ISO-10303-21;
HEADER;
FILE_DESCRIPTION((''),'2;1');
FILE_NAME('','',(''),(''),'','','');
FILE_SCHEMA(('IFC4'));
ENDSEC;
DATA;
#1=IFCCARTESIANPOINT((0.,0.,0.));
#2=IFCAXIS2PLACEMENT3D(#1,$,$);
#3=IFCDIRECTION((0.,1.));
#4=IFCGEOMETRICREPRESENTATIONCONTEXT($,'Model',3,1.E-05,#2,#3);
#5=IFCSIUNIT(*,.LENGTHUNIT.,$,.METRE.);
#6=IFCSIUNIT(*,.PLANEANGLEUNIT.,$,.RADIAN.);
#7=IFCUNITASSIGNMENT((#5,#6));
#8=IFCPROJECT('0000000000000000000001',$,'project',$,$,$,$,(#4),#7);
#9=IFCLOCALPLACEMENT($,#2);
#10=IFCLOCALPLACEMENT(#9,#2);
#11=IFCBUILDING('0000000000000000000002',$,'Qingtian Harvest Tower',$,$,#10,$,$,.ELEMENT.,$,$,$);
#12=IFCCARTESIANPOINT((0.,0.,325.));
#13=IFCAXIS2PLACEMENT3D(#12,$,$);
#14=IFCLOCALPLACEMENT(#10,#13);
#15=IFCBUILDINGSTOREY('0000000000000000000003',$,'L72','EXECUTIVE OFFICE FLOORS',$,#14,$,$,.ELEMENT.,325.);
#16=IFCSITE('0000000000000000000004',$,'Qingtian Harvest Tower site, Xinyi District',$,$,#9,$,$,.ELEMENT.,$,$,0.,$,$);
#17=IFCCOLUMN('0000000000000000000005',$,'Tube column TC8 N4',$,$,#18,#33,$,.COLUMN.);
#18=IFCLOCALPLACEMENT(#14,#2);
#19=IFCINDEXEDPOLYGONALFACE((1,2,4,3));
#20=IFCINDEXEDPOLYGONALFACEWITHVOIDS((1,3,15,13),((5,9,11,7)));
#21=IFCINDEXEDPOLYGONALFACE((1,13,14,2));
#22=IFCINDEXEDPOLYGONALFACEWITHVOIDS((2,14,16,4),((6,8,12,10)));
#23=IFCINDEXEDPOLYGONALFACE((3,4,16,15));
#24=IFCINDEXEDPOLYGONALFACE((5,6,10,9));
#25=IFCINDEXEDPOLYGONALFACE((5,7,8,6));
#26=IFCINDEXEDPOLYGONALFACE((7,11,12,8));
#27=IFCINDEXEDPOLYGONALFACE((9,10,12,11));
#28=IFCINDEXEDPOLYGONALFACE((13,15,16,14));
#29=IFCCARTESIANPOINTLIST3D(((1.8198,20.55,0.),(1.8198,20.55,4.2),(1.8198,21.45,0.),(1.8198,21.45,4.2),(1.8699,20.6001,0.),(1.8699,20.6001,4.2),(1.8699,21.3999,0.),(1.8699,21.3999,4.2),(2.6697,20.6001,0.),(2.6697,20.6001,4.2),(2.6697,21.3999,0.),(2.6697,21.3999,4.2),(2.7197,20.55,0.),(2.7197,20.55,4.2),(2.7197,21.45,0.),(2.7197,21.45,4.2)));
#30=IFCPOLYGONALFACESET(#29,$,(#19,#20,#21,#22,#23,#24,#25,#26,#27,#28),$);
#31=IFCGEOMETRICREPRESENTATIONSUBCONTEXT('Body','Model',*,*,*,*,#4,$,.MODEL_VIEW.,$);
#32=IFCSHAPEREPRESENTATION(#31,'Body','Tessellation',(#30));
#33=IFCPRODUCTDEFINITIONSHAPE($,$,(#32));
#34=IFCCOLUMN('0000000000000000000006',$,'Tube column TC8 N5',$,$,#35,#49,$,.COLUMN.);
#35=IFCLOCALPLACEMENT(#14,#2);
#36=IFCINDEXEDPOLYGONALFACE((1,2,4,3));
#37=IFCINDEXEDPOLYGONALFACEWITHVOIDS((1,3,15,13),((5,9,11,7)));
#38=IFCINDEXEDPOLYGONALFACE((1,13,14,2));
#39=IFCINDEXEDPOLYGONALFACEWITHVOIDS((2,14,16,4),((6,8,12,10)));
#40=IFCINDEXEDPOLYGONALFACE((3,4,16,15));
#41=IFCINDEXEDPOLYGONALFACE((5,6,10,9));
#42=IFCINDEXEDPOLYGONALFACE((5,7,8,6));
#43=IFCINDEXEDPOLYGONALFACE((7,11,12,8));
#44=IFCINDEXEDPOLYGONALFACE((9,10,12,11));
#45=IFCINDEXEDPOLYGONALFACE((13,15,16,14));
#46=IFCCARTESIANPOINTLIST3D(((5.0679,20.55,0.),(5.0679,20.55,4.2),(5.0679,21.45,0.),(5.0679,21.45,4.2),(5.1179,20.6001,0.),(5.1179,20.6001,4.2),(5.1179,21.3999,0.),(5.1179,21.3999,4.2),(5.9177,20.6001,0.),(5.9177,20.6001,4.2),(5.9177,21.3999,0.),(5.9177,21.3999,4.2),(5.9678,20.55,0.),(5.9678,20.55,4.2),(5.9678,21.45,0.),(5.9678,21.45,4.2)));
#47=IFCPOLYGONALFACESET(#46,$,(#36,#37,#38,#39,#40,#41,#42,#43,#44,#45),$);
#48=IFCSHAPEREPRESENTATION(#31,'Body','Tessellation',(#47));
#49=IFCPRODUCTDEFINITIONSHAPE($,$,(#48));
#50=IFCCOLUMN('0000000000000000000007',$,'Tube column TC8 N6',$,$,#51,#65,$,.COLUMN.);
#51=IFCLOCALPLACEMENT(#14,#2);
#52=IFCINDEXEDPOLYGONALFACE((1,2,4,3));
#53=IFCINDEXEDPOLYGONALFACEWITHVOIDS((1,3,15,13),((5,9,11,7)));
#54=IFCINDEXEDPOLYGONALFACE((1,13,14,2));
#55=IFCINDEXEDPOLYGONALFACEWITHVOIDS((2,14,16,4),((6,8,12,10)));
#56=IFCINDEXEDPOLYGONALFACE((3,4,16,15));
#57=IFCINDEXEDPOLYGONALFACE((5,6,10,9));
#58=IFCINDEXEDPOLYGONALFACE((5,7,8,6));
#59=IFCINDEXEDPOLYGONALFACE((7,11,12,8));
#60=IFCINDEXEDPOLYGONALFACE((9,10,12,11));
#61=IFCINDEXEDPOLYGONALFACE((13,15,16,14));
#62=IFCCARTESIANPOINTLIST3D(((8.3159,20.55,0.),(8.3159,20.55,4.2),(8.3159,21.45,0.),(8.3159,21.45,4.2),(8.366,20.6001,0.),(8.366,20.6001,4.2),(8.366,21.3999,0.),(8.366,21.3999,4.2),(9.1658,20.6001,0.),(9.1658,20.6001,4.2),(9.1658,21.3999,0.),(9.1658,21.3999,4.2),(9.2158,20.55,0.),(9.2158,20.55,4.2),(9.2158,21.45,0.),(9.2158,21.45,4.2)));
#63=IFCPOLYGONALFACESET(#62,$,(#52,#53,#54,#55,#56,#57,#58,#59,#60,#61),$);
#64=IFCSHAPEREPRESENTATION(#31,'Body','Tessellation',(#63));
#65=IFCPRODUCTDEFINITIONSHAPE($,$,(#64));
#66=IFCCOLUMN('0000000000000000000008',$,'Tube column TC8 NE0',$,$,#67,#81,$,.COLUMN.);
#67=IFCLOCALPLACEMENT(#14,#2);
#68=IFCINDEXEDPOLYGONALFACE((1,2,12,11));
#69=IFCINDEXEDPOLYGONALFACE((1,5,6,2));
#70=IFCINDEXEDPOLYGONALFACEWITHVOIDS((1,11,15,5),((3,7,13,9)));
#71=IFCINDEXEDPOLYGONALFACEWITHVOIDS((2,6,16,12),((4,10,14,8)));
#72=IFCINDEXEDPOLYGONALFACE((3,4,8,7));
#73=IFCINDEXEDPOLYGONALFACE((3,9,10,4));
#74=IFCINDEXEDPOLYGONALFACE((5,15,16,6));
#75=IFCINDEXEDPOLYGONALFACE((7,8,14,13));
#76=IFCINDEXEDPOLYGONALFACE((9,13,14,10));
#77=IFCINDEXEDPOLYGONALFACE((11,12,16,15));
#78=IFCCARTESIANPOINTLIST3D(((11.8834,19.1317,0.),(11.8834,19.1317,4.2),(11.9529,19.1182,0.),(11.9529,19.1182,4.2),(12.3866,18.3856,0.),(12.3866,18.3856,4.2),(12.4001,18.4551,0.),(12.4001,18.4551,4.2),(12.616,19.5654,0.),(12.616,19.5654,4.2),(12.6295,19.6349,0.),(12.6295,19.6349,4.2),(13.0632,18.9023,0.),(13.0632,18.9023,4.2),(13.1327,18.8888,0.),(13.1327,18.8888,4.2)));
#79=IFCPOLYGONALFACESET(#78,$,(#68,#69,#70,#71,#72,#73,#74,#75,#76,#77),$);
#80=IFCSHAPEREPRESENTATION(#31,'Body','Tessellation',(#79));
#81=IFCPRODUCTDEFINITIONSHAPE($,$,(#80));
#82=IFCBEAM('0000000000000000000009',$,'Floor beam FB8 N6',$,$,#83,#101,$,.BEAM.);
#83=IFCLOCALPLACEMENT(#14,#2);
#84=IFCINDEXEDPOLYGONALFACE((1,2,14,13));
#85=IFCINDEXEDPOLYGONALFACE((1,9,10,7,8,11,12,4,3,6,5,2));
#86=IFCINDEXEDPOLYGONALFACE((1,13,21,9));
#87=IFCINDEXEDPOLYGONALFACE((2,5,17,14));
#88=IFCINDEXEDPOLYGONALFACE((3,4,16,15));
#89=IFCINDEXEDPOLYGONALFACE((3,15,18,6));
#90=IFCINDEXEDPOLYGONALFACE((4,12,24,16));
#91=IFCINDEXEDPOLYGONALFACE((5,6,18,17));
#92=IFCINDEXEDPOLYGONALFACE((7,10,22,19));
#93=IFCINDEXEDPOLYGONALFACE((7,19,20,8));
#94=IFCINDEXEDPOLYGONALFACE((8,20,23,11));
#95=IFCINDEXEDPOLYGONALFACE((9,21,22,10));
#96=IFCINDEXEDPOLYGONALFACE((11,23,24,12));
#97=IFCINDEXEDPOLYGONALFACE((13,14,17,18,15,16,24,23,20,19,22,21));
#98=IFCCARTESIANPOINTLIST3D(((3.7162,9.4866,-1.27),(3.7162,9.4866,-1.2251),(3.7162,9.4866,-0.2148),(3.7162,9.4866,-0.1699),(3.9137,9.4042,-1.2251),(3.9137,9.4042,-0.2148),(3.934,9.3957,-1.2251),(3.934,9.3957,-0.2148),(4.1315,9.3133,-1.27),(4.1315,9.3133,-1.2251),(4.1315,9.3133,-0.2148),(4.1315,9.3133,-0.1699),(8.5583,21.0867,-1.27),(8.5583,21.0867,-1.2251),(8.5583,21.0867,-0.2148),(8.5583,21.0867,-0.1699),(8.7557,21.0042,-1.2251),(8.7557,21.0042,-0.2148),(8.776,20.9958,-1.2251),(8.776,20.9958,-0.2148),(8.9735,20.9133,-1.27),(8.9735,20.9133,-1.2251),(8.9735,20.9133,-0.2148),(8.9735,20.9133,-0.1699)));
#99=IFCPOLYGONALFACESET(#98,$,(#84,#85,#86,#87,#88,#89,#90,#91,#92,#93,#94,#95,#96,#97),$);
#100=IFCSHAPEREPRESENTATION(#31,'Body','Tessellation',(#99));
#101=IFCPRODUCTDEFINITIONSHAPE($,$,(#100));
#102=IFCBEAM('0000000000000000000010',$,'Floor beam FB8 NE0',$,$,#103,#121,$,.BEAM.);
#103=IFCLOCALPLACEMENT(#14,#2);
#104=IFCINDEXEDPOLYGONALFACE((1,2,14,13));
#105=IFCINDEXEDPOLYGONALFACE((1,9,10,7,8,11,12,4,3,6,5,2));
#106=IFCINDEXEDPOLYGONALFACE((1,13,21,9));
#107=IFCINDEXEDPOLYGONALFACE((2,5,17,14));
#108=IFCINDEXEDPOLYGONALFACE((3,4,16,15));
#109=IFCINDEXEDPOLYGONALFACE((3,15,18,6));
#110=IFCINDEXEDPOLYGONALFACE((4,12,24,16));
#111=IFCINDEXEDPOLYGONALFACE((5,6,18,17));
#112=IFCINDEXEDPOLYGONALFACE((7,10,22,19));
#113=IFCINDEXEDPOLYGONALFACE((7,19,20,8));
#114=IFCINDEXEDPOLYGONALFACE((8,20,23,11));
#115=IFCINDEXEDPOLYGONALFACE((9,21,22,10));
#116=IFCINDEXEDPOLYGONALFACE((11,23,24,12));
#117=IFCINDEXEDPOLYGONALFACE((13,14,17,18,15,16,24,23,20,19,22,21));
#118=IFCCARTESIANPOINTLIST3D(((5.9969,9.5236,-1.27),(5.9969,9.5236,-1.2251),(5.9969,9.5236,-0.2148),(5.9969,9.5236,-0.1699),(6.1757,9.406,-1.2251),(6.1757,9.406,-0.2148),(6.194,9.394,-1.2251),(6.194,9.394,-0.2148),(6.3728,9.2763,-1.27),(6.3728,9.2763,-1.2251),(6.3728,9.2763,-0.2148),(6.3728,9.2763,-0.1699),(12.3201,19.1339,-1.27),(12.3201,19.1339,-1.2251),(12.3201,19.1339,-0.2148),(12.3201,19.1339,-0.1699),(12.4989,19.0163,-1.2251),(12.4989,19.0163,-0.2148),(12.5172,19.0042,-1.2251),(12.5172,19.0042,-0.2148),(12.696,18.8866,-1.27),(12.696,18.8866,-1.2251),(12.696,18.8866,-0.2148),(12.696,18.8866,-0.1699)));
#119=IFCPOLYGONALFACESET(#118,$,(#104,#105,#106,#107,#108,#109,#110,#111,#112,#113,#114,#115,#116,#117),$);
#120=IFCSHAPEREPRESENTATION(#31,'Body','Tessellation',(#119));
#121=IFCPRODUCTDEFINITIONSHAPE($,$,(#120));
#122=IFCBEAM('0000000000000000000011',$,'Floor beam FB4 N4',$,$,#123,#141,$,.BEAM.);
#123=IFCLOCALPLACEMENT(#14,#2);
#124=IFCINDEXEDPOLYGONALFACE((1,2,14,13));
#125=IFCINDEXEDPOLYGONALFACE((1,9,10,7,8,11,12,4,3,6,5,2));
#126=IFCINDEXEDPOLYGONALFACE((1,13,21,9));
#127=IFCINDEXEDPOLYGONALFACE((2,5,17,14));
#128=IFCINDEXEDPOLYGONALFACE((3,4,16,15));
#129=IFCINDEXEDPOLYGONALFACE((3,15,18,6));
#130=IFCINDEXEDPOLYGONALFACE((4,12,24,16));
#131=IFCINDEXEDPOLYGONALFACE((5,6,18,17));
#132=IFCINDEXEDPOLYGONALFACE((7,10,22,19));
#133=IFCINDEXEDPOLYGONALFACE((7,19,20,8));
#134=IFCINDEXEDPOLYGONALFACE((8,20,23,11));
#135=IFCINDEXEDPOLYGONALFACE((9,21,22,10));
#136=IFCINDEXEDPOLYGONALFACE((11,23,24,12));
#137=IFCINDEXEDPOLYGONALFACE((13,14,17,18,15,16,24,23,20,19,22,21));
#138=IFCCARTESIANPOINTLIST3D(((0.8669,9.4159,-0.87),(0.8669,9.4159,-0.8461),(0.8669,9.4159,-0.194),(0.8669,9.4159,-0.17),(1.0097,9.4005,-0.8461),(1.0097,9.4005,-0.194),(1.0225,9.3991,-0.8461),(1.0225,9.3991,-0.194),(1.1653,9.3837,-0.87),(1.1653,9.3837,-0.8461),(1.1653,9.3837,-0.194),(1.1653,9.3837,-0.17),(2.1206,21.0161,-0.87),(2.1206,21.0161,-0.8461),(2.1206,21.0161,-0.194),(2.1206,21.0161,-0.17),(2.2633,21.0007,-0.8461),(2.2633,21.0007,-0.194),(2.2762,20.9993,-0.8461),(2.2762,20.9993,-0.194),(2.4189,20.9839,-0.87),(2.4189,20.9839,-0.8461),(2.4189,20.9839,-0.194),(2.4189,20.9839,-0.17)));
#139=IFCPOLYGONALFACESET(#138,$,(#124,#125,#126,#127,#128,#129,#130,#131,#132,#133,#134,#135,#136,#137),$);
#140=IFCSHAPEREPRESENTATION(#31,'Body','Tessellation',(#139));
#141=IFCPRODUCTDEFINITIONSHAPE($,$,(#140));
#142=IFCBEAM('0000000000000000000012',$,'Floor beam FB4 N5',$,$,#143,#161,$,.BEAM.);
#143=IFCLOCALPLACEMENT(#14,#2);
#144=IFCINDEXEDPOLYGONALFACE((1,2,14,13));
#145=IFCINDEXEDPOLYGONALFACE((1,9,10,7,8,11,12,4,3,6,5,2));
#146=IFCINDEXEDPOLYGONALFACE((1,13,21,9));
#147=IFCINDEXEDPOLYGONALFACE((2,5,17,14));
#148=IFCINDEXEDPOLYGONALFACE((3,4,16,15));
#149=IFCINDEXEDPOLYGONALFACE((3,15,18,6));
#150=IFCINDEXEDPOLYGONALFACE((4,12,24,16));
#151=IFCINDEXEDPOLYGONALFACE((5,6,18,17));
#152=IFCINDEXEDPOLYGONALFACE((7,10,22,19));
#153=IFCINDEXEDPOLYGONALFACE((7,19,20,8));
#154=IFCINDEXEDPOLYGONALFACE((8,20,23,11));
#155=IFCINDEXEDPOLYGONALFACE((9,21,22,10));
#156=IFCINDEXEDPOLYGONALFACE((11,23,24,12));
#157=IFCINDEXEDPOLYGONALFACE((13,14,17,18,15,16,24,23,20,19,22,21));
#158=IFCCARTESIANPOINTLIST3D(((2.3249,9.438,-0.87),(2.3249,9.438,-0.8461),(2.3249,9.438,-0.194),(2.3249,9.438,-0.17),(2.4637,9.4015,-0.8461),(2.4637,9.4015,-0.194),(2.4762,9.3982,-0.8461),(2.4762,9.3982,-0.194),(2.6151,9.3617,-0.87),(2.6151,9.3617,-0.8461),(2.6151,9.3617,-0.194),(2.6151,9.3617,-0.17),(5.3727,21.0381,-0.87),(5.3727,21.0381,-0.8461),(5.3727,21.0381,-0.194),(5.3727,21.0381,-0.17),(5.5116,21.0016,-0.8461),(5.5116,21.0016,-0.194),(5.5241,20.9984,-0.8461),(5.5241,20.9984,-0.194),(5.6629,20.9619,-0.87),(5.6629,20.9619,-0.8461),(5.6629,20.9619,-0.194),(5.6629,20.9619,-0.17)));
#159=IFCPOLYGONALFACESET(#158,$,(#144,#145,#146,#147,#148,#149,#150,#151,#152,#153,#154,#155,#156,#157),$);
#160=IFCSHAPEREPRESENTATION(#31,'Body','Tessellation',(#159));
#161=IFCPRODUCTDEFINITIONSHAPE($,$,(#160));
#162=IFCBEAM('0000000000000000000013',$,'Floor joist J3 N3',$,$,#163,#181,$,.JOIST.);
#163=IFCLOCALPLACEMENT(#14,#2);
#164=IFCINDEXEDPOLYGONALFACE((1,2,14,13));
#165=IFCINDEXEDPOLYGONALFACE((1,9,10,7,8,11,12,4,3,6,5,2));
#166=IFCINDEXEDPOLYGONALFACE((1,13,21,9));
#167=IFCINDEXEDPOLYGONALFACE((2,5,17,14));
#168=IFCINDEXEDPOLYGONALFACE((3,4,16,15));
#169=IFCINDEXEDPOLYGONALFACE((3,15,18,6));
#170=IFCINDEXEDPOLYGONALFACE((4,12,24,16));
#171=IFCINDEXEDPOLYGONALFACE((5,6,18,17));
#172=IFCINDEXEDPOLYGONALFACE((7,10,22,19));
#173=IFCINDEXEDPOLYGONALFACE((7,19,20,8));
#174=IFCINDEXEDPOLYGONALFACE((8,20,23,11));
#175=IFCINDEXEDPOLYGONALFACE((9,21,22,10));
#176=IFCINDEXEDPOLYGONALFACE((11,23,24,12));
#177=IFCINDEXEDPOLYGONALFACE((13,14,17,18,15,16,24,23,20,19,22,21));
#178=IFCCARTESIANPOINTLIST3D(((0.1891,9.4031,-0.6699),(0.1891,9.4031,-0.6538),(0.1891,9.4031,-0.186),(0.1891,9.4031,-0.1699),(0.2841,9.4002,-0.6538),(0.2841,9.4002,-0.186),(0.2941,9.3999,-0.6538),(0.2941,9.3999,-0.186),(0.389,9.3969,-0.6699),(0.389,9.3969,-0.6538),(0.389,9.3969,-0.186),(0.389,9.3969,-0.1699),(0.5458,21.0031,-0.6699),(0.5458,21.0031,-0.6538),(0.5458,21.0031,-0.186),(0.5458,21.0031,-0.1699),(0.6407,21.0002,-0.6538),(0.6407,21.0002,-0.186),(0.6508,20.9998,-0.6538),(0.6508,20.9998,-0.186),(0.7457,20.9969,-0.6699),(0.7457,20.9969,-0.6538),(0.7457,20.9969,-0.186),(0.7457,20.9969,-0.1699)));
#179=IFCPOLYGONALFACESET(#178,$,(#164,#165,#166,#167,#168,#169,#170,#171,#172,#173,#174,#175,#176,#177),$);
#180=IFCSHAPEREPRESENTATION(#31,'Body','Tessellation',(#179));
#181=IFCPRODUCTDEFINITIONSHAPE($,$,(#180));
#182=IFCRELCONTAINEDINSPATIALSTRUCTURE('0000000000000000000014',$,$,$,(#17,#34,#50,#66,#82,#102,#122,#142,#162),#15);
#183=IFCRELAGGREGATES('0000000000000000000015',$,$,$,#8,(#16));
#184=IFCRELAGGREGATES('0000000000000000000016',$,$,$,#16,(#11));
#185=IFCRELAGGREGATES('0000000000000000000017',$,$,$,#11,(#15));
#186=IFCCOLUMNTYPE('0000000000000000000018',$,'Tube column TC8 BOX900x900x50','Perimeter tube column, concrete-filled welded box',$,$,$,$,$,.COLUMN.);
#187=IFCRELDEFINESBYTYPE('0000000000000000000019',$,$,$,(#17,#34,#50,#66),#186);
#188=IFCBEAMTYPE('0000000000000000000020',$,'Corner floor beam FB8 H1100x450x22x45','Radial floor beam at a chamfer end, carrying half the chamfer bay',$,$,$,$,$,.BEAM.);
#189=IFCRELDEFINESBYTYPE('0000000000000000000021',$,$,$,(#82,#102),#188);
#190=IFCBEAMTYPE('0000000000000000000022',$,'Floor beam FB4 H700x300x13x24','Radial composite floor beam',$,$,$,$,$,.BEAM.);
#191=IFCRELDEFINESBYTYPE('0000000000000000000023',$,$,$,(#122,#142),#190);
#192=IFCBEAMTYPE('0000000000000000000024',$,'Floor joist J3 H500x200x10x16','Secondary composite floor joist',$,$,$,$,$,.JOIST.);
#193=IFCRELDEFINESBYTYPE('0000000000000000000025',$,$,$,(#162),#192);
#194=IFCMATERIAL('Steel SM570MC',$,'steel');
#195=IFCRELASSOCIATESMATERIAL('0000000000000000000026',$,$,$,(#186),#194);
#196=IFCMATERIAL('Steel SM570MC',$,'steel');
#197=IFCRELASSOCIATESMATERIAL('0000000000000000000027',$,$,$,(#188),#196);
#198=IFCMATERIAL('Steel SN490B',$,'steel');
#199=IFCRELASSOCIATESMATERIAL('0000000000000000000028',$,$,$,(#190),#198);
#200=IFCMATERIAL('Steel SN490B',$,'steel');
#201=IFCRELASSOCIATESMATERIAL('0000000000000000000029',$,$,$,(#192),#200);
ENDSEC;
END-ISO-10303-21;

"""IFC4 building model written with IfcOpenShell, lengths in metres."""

from ifc_helpers import new_model, si_unit, direction, frame, origin, origin_2d, place, context, subcontext, project, spatial, hollow_rectangle, i_section, extrude, material, material_profile, profile_set, type_object, element, save


model = new_model("IFC4")

# Units and contexts
model_context = context("Model", 3, precision=1e-05, world=origin(), true_north=direction((0.0, 1.0)))
body_context = subcontext(model_context, "Body", "Model", "MODEL_VIEW")
ifc_project = project(units=[si_unit("LENGTHUNIT", "METRE"), si_unit("PLANEANGLEUNIT", "RADIAN")], contexts=[model_context])

# Site, building, storey
site_placement = place(None, origin())
site = spatial("IfcSite", under=ifc_project, at=site_placement, Name="Qingtian Harvest Tower site, Xinyi District", CompositionType="ELEMENT", RefElevation=0.0)
building_placement = place(site_placement, origin())
building = spatial("IfcBuilding", under=site, at=building_placement, Name="Qingtian Harvest Tower", CompositionType="ELEMENT")
storey_placement = place(building_placement, frame((0.0, 0.0, 325.0)))
storey = spatial("IfcBuildingStorey", under=building, at=storey_placement, Name="L72", Description="EXECUTIVE OFFICE FLOORS", CompositionType="ELEMENT", Elevation=325.0)

# Columns
ifc_material_1 = material(Name="Steel SM570MC", Category="steel")
ifc_material_profile_1 = material_profile(ifc_material_1, hollow_rectangle(XDim=0.8999, YDim=0.8999, WallThickness=0.05, at=origin_2d()), Name="BOX900x900x50")
ifc_profile_set_1 = profile_set([ifc_material_profile_1], Name="Steel SM570MC")
column_type = type_object("IfcColumnType", Name="Tube column TC8 BOX900x900x50", Description="Perimeter tube column, concrete-filled welded box", PredefinedType="COLUMN", material=ifc_profile_set_1)
for number, where, z_axis, x_axis, name in (
    (1, (2.2698, 21.0, 0.0), (0.0, 0.0, 1.0), (-1.0, 0.0, 0.0), "Tube column TC8 N4"),
    (2, (5.5178, 21.0, 0.0), (0.0, 0.0, 1.0), (-1.0, 0.0, 0.0), "Tube column TC8 N5"),
    (3, (8.7659, 21.0, 0.0), (0.0, 0.0, 1.0), (-1.0, 0.0, 0.0), "Tube column TC8 N6"),
    (4, (12.5081, 19.0103, 0.0), (0.0, 0.0, 1.0), (-0.559193, 0.829038, 0.0), "Tube column TC8 NE0"),
):
    element("IfcColumn", number, at=place(storey_placement, frame(where, z_axis=z_axis, x_axis=x_axis)), inside=storey, type_object=column_type, Name=name, PredefinedType="COLUMN", context=body_context, shape_type="SweptSolid", body=[
        extrude(hollow_rectangle(XDim=0.8999, YDim=0.8999, WallThickness=0.05, at=origin_2d()), origin(), (0.0, 0.0, 1.0), 4.2),
    ])

# Beams
ifc_material_2 = material(Name="Steel SM570MC", Category="steel")
ifc_material_profile_2 = material_profile(ifc_material_2, i_section(OverallWidth=0.45, OverallDepth=1.1001, WebThickness=0.022, FlangeThickness=0.0449, at=origin_2d()), Name="H1100x450x22x45")
ifc_profile_set_2 = profile_set([ifc_material_profile_2], Name="Steel SM570MC")
beam_type_1 = type_object("IfcBeamType", Name="Corner floor beam FB8 H1100x450x22x45", Description="Radial floor beam at a chamfer end, carrying half the chamfer bay", PredefinedType="BEAM", material=ifc_profile_set_2)
beam_1_placement = place(storey_placement, frame((8.7659, 21.0, -0.72), z_axis=(-0.385203, -0.922832, 0.0), x_axis=(0.922832, -0.385203, 0.0)))
element("IfcBeam", 5, at=beam_1_placement, inside=storey, type_object=beam_type_1, Name="Floor beam FB8 N6", PredefinedType="BEAM", context=body_context, shape_type="SweptSolid", body=[
    extrude(i_section(OverallWidth=0.45, OverallDepth=1.1001, WebThickness=0.022, FlangeThickness=0.0449, at=origin_2d()), origin(), (0.0, 0.0, 1.0), 12.5701),
])
beam_2_placement = place(storey_placement, frame((12.5081, 19.0103, -0.72), z_axis=(-0.549655, -0.835391, 0.0), x_axis=(0.835391, -0.549655, 0.0)))
element("IfcBeam", 6, at=beam_2_placement, inside=storey, type_object=beam_type_1, Name="Floor beam FB8 NE0", PredefinedType="BEAM", context=body_context, shape_type="SweptSolid", body=[
    extrude(i_section(OverallWidth=0.45, OverallDepth=1.1001, WebThickness=0.022, FlangeThickness=0.0449, at=origin_2d()), origin(), (0.0, 0.0, 1.0), 11.5039),
])
ifc_material_3 = material(Name="Steel SN490B", Category="steel")
ifc_material_profile_3 = material_profile(ifc_material_3, i_section(OverallWidth=0.3, OverallDepth=0.7, WebThickness=0.0129, FlangeThickness=0.0239, at=origin_2d()), Name="H700x300x13x24")
ifc_profile_set_3 = profile_set([ifc_material_profile_3], Name="Steel SN490B")
beam_type_2 = type_object("IfcBeamType", Name="Floor beam FB4 H700x300x13x24", Description="Radial composite floor beam", PredefinedType="BEAM", material=ifc_profile_set_3)
beam_3_placement = place(storey_placement, frame((2.2698, 21.0, -0.52), z_axis=(-0.107448, -0.994211, 0.0), x_axis=(0.994211, -0.107448, 0.0)))
element("IfcBeam", 7, at=beam_3_placement, inside=storey, type_object=beam_type_2, Name="Floor beam FB4 N4", PredefinedType="BEAM", context=body_context, shape_type="SweptSolid", body=[
    extrude(i_section(OverallWidth=0.3, OverallDepth=0.7, WebThickness=0.0129, FlangeThickness=0.0239, at=origin_2d()), origin(), (0.0, 0.0, 1.0), 11.6677),
])
beam_4_placement = place(storey_placement, frame((5.5178, 21.0, -0.52), z_axis=(-0.254119, -0.967173, 0.0), x_axis=(0.967173, -0.254119, 0.0)))
element("IfcBeam", 8, at=beam_4_placement, inside=storey, type_object=beam_type_2, Name="Floor beam FB4 N5", PredefinedType="BEAM", context=body_context, shape_type="SweptSolid", body=[
    extrude(i_section(OverallWidth=0.3, OverallDepth=0.7, WebThickness=0.0129, FlangeThickness=0.0239, at=origin_2d()), origin(), (0.0, 0.0, 1.0), 11.9939),
])
ifc_material_4 = material(Name="Steel SN490B", Category="steel")
ifc_material_profile_4 = material_profile(ifc_material_4, i_section(OverallWidth=0.2, OverallDepth=0.5, WebThickness=0.01, FlangeThickness=0.0161, at=origin_2d()), Name="H500x200x10x16")
ifc_profile_set_4 = profile_set([ifc_material_profile_4], Name="Steel SN490B")
beam_type_3 = type_object("IfcBeamType", Name="Floor joist J3 H500x200x10x16", Description="Secondary composite floor joist", PredefinedType="JOIST", material=ifc_profile_set_4)
beam_5_placement = place(storey_placement, frame((0.6458, 21.0, -0.4199), z_axis=(-0.030734, -0.999528, 0.0), x_axis=(0.999528, -0.030734, 0.0)))
element("IfcBeam", 9, at=beam_5_placement, inside=storey, type_object=beam_type_3, Name="Floor joist J3 N3", PredefinedType="JOIST", context=body_context, shape_type="SweptSolid", body=[
    extrude(i_section(OverallWidth=0.2, OverallDepth=0.5, WebThickness=0.01, FlangeThickness=0.0161, at=origin_2d()), origin(), (0.0, 0.0, 1.0), 11.6055),
])

save(model, "model.ifc")
